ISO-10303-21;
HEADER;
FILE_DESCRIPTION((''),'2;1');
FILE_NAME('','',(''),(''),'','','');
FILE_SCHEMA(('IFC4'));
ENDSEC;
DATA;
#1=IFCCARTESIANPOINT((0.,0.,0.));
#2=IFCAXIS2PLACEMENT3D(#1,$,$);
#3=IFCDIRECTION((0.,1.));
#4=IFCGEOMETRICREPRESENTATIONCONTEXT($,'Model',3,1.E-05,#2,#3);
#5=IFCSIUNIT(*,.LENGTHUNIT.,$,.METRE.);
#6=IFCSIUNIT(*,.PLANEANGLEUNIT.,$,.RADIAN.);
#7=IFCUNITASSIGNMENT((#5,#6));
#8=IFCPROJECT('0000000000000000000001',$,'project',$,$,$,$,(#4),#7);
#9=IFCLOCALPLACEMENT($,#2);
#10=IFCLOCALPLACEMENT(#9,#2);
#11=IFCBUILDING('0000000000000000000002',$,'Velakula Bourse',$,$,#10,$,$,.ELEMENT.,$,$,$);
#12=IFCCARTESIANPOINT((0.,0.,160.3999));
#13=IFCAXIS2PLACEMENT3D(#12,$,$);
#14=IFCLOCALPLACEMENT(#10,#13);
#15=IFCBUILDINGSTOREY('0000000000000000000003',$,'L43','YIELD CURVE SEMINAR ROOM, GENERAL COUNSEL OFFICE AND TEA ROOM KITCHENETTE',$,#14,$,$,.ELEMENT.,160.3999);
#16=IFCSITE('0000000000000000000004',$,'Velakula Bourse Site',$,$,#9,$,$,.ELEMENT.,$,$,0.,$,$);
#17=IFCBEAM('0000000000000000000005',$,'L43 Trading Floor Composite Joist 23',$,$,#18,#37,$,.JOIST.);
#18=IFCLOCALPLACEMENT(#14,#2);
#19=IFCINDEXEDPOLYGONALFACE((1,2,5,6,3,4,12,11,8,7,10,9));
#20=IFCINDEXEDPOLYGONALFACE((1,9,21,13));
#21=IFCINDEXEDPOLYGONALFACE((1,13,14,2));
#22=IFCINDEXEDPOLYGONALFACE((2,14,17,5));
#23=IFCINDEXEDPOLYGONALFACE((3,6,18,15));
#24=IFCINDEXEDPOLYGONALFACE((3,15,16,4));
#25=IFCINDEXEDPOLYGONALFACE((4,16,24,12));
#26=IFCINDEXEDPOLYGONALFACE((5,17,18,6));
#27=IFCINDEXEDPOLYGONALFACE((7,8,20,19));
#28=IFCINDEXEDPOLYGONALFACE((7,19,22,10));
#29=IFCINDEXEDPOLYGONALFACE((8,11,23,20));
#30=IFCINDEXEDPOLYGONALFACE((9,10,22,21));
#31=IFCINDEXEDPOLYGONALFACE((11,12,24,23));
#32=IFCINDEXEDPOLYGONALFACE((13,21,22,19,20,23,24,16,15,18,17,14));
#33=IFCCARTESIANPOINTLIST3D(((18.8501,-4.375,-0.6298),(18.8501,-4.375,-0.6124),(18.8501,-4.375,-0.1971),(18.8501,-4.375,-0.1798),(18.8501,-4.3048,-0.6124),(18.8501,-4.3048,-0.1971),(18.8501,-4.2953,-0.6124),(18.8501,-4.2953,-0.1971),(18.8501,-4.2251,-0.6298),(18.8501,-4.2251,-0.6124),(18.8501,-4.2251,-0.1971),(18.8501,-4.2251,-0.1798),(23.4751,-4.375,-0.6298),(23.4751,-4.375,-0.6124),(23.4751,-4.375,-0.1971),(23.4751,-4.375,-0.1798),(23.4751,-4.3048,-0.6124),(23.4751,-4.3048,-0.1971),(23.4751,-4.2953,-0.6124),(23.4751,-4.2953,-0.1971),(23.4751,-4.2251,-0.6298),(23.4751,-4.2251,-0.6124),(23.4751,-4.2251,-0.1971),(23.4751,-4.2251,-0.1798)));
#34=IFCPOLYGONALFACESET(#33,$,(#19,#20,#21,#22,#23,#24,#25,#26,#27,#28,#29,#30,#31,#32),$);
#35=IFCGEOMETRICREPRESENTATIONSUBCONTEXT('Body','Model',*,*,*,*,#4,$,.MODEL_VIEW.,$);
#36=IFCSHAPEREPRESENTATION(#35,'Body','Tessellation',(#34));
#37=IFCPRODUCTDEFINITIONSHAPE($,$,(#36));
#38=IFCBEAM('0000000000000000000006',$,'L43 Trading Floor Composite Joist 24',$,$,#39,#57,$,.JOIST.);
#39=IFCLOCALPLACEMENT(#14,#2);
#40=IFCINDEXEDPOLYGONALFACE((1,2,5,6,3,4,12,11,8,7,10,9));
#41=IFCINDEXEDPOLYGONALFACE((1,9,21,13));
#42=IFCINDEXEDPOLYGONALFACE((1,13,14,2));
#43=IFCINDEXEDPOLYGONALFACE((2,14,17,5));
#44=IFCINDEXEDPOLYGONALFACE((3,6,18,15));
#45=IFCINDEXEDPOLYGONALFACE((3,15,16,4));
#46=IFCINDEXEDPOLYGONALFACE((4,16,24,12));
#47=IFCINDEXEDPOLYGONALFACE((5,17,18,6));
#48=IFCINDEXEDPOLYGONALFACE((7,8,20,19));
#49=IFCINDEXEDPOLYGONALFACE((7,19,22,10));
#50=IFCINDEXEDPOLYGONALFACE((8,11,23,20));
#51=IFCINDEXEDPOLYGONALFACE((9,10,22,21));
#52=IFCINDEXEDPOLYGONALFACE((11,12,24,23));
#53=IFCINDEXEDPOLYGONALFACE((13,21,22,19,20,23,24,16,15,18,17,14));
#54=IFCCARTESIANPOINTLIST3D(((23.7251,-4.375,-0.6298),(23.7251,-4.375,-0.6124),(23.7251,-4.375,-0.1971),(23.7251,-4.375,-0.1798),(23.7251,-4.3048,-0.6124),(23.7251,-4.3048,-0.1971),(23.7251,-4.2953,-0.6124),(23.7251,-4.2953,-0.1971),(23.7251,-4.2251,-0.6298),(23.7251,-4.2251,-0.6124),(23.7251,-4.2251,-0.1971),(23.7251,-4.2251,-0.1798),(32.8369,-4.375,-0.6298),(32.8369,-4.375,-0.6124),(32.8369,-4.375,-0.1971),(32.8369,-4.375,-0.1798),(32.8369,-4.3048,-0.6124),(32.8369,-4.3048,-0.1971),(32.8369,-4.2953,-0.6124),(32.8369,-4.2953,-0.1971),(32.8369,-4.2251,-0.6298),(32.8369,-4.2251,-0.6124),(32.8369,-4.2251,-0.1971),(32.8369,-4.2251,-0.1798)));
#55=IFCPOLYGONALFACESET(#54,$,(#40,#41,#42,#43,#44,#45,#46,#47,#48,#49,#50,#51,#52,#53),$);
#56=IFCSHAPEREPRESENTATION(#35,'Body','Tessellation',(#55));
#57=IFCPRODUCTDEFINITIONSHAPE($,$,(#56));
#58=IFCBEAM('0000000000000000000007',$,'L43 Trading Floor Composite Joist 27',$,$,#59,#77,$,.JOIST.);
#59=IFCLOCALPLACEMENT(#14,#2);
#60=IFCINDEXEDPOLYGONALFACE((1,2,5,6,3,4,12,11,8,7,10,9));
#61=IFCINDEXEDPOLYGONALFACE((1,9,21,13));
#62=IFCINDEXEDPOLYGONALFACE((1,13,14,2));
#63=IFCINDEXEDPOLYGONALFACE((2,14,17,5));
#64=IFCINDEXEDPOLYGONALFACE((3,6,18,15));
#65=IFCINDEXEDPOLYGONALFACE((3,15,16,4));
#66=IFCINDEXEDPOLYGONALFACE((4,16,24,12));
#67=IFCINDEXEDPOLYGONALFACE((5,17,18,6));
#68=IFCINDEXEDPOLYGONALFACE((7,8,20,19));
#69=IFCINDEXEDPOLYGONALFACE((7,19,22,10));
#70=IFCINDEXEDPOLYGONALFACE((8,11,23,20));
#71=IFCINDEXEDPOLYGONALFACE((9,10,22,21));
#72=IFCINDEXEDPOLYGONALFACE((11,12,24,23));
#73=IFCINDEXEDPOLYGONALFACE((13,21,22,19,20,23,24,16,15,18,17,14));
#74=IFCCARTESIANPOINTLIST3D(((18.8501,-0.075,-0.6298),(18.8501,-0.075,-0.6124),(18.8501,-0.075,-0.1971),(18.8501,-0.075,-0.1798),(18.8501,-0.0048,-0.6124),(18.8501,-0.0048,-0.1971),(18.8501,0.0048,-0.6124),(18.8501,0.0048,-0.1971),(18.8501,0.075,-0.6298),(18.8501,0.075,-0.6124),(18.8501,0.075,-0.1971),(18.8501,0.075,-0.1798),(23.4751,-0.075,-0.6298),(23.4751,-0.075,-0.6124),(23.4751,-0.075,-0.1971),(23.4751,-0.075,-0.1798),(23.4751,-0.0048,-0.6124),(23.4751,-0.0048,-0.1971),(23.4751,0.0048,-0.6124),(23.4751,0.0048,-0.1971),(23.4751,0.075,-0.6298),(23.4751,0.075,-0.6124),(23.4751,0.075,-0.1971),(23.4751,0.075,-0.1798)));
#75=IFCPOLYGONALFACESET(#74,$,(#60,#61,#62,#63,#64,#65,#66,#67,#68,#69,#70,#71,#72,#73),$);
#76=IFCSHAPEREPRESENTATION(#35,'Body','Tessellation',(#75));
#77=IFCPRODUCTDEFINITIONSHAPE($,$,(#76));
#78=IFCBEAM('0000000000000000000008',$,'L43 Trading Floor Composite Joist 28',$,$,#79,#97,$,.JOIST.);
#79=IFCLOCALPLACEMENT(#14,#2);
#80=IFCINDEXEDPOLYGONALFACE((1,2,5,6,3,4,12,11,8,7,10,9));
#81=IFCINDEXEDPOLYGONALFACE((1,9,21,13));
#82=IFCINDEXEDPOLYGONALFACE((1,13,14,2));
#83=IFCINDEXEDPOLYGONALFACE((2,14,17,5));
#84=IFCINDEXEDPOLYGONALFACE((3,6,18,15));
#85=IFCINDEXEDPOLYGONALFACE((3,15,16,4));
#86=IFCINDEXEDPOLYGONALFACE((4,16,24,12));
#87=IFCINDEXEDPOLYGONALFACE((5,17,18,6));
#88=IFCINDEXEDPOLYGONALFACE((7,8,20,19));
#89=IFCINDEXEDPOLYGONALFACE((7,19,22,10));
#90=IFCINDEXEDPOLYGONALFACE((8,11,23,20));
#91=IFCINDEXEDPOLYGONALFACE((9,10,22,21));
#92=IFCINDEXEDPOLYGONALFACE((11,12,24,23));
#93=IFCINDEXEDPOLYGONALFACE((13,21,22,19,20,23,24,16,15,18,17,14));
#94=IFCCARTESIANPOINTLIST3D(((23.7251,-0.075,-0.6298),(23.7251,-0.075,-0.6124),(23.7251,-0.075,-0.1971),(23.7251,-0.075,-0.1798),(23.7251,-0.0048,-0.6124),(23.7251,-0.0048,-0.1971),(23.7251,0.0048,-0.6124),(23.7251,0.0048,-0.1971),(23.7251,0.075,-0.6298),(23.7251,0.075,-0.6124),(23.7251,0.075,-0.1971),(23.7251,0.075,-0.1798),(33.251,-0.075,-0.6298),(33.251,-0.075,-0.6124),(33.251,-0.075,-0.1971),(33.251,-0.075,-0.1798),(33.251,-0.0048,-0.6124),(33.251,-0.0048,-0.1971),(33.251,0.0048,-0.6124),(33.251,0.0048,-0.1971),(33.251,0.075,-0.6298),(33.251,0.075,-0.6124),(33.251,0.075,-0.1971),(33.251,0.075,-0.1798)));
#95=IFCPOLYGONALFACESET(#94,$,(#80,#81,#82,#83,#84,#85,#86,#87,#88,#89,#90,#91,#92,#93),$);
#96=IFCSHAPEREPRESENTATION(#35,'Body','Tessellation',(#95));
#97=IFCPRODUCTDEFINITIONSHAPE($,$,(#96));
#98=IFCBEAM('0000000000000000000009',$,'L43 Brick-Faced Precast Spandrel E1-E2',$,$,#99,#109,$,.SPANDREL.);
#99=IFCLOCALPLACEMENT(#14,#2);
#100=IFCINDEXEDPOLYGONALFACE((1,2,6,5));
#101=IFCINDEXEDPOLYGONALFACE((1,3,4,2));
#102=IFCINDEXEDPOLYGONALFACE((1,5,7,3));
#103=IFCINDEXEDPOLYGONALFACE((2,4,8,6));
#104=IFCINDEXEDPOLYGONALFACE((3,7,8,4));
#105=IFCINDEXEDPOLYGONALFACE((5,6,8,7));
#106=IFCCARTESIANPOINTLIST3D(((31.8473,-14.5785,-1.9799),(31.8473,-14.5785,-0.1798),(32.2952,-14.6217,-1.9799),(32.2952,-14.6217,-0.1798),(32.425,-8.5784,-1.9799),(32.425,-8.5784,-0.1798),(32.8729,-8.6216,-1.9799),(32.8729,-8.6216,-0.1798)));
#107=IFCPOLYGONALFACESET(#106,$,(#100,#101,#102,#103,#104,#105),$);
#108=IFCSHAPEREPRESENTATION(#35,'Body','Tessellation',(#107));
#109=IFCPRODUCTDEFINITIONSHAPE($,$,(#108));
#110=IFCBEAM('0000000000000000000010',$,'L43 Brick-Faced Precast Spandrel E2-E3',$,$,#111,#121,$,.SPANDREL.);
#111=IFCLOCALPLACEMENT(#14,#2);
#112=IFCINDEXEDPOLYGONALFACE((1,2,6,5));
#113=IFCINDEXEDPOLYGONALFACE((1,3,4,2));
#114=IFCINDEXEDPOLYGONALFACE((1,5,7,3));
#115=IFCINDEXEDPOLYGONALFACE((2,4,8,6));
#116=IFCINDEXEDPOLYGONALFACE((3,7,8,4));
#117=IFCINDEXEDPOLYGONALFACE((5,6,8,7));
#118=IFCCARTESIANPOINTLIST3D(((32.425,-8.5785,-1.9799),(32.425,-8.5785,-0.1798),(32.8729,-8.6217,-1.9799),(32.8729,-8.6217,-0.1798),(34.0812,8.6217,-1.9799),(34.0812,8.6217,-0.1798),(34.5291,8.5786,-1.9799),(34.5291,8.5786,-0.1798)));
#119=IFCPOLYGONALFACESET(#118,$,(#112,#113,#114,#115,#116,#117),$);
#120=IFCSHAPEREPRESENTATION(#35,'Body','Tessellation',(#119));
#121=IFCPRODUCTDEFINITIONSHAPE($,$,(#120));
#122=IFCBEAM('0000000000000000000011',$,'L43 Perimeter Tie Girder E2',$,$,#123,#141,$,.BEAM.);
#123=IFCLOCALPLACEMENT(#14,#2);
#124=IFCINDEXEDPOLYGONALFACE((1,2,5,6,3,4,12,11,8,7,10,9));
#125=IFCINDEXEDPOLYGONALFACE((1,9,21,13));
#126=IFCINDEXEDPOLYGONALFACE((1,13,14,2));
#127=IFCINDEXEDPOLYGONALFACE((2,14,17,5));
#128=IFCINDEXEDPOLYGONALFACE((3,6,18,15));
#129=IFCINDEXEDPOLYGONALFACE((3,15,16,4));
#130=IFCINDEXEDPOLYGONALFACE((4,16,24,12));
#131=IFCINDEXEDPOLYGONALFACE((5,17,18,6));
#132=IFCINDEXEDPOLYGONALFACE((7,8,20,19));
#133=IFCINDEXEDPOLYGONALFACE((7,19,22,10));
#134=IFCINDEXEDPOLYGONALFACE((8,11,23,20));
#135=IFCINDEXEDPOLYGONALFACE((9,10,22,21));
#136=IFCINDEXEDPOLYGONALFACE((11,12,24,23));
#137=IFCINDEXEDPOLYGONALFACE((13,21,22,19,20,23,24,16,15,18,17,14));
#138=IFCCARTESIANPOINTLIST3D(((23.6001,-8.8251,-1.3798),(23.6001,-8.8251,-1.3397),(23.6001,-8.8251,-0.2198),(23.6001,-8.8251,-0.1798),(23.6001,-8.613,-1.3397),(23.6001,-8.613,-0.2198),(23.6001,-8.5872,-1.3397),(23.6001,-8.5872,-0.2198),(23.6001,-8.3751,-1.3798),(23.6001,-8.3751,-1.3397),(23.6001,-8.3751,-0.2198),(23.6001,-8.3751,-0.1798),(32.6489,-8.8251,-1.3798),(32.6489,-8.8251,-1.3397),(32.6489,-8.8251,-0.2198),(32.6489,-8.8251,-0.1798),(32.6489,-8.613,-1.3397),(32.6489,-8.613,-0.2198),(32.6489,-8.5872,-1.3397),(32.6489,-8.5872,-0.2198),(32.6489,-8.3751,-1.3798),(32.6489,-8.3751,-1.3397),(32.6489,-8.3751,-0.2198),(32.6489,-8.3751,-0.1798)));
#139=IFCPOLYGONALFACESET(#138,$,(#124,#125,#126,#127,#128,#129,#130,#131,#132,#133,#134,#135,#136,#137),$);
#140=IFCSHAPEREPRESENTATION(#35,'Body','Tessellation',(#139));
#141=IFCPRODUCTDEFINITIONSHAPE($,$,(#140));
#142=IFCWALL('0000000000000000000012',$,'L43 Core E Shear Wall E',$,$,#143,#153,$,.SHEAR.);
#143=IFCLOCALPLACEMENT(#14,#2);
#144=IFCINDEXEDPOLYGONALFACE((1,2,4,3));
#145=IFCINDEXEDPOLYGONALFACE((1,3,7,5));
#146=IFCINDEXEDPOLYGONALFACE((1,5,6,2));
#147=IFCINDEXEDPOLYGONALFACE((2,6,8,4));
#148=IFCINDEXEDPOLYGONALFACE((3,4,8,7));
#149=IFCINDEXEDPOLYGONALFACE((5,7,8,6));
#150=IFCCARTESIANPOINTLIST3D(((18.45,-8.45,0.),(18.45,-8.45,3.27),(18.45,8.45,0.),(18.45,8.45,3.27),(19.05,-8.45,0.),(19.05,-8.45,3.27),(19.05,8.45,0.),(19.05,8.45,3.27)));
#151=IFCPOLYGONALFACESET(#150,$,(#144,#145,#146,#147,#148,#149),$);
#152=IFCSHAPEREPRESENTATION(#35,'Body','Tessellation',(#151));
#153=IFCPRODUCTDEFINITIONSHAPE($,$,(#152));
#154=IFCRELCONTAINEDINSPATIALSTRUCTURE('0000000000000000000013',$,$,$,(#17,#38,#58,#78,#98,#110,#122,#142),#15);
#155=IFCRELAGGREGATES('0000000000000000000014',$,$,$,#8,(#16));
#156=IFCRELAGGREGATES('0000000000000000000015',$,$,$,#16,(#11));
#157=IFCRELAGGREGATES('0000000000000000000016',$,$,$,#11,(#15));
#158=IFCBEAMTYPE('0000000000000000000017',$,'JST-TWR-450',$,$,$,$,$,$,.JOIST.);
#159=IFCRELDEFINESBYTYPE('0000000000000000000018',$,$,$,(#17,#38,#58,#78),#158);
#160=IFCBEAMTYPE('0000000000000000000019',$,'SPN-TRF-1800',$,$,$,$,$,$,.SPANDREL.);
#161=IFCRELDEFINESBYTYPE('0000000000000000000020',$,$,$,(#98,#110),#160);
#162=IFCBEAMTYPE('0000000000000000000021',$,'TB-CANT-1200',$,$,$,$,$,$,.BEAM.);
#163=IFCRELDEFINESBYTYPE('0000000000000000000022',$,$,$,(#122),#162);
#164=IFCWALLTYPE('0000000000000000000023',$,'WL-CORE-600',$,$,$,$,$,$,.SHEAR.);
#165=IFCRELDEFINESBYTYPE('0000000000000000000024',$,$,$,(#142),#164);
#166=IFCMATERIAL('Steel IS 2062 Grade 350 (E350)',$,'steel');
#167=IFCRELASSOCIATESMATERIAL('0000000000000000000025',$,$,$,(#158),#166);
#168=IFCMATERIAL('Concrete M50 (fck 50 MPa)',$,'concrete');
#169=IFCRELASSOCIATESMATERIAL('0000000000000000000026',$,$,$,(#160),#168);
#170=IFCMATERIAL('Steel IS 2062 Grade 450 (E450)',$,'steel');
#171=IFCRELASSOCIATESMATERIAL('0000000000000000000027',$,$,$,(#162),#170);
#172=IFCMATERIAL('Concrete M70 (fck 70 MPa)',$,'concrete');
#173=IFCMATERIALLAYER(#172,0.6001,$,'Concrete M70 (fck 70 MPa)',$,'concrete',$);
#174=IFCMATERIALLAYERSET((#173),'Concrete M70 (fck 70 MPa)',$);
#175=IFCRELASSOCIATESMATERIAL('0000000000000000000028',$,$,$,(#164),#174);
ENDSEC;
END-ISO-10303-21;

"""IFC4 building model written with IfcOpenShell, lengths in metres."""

from ifc_helpers import new_model, si_unit, direction, frame, frame_2d, origin, origin_2d, place, context, subcontext, project, spatial, rectangle, i_section, extrude, material, layer, layer_set, material_profile, profile_set, type_object, element, save


model = new_model("IFC4")

# Units and contexts
model_context = context("Model", 3, precision=1e-05, world=origin(), true_north=direction((0.0, 1.0)))
body_context = subcontext(model_context, "Body", "Model", "MODEL_VIEW")
ifc_project = project(units=[si_unit("LENGTHUNIT", "METRE"), si_unit("PLANEANGLEUNIT", "RADIAN")], contexts=[model_context])

# Site, building, storey
site_placement = place(None, origin())
site = spatial("IfcSite", under=ifc_project, at=site_placement, Name="Velakula Bourse Site", CompositionType="ELEMENT", RefElevation=0.0)
building_placement = place(site_placement, origin())
building = spatial("IfcBuilding", under=site, at=building_placement, Name="Velakula Bourse", CompositionType="ELEMENT")
storey_placement = place(building_placement, frame((0.0, 0.0, 160.3999)))
storey = spatial("IfcBuildingStorey", under=building, at=storey_placement, Name="L43", Description="YIELD CURVE SEMINAR ROOM, GENERAL COUNSEL OFFICE AND TEA ROOM KITCHENETTE", CompositionType="ELEMENT", Elevation=160.3999)

# Shared definitions
ifc_material_1 = material(Name="Concrete M70 (fck 70 MPa)", Category="concrete")
ifc_material_2 = material(Name="Steel IS 2062 Grade 350 (E350)", Category="steel")

# Beams
ifc_material_profile_1 = material_profile(ifc_material_2, i_section(OverallWidth=0.1499, OverallDepth=0.45, WebThickness=0.0095, FlangeThickness=0.0173, at=origin_2d()), Name="Steel IS 2062 Grade 350 (E350)")
ifc_profile_set_1 = profile_set([ifc_material_profile_1], Name="Steel IS 2062 Grade 350 (E350)")
beam_type_1 = type_object("IfcBeamType", Name="JST-TWR-450", PredefinedType="JOIST", material=ifc_profile_set_1)
beam_1_placement = place(storey_placement, frame((18.8501, -4.3, -0.4048), z_axis=(1.0, 0.0, 0.0), x_axis=(0.0, 1.0, 0.0)))
element("IfcBeam", 1, at=beam_1_placement, inside=storey, type_object=beam_type_1, Name="L43 Trading Floor Composite Joist 23", PredefinedType="JOIST", context=body_context, shape_type="SweptSolid", body=[
    extrude(i_section(OverallWidth=0.1499, OverallDepth=0.45, WebThickness=0.0095, FlangeThickness=0.0173, at=origin_2d()), origin(), (0.0, 0.0, 1.0), 4.625),
])
beam_2_placement = place(storey_placement, frame((23.7251, -4.3, -0.4048), z_axis=(1.0, 0.0, 0.0), x_axis=(0.0, 1.0, 0.0)))
element("IfcBeam", 2, at=beam_2_placement, inside=storey, type_object=beam_type_1, Name="L43 Trading Floor Composite Joist 24", PredefinedType="JOIST", context=body_context, shape_type="SweptSolid", body=[
    extrude(i_section(OverallWidth=0.1499, OverallDepth=0.45, WebThickness=0.0095, FlangeThickness=0.0173, at=origin_2d()), origin(), (0.0, 0.0, 1.0), 9.1118),
])
beam_3_placement = place(storey_placement, frame((18.8501, 0.0, -0.4048), z_axis=(1.0, 0.0, 0.0), x_axis=(0.0, 1.0, 0.0)))
element("IfcBeam", 3, at=beam_3_placement, inside=storey, type_object=beam_type_1, Name="L43 Trading Floor Composite Joist 27", PredefinedType="JOIST", context=body_context, shape_type="SweptSolid", body=[
    extrude(i_section(OverallWidth=0.1499, OverallDepth=0.45, WebThickness=0.0095, FlangeThickness=0.0173, at=origin_2d()), origin(), (0.0, 0.0, 1.0), 4.625),
])
beam_4_placement = place(storey_placement, frame((23.7251, 0.0, -0.4048), z_axis=(1.0, 0.0, 0.0), x_axis=(0.0, 1.0, 0.0)))
element("IfcBeam", 4, at=beam_4_placement, inside=storey, type_object=beam_type_1, Name="L43 Trading Floor Composite Joist 28", PredefinedType="JOIST", context=body_context, shape_type="SweptSolid", body=[
    extrude(i_section(OverallWidth=0.1499, OverallDepth=0.45, WebThickness=0.0095, FlangeThickness=0.0173, at=origin_2d()), origin(), (0.0, 0.0, 1.0), 9.5259),
])
ifc_material_3 = material(Name="Concrete M50 (fck 50 MPa)", Category="concrete")
ifc_material_profile_2 = material_profile(ifc_material_3, rectangle(XDim=0.45, YDim=1.8, at=origin_2d()), Name="Concrete M50 (fck 50 MPa)")
ifc_profile_set_2 = profile_set([ifc_material_profile_2], Name="Concrete M50 (fck 50 MPa)")
beam_type_2 = type_object("IfcBeamType", Name="SPN-TRF-1800", PredefinedType="SPANDREL", material=ifc_profile_set_2)
beam_5_placement = place(storey_placement, frame((32.0713, -14.6001, -1.0798), z_axis=(0.09583, 0.995398, 0.0), x_axis=(-0.995398, 0.09583, 0.0)))
element("IfcBeam", 5, at=beam_5_placement, inside=storey, type_object=beam_type_2, Name="L43 Brick-Faced Precast Spandrel E1-E2", PredefinedType="SPANDREL", context=body_context, shape_type="SweptSolid", body=[
    extrude(rectangle(XDim=0.45, YDim=1.8, at=origin_2d()), origin(), (0.0, 0.0, 1.0), 6.0278),
])
beam_6_placement = place(storey_placement, frame((32.6489, -8.6001, -1.0798), z_axis=(0.095849, 0.995396, 0.0), x_axis=(-0.995396, 0.095849, 0.0)))
element("IfcBeam", 6, at=beam_6_placement, inside=storey, type_object=beam_type_2, Name="L43 Brick-Faced Precast Spandrel E2-E3", PredefinedType="SPANDREL", context=body_context, shape_type="SweptSolid", body=[
    extrude(rectangle(XDim=0.45, YDim=1.8, at=origin_2d()), origin(), (0.0, 0.0, 1.0), 17.2798),
])
ifc_material_4 = material(Name="Steel IS 2062 Grade 450 (E450)", Category="steel")
ifc_material_profile_3 = material_profile(ifc_material_4, i_section(OverallWidth=0.45, OverallDepth=1.2, WebThickness=0.0259, FlangeThickness=0.04, at=origin_2d()), Name="Steel IS 2062 Grade 450 (E450)")
ifc_profile_set_3 = profile_set([ifc_material_profile_3], Name="Steel IS 2062 Grade 450 (E450)")
beam_type_3 = type_object("IfcBeamType", Name="TB-CANT-1200", PredefinedType="BEAM", material=ifc_profile_set_3)
beam_7_placement = place(storey_placement, frame((23.6001, -8.6001, -0.7798), z_axis=(1.0, 0.0, 0.0), x_axis=(0.0, 1.0, 0.0)))
element("IfcBeam", 7, at=beam_7_placement, inside=storey, type_object=beam_type_3, Name="L43 Perimeter Tie Girder E2", PredefinedType="BEAM", context=body_context, shape_type="SweptSolid", body=[
    extrude(i_section(OverallWidth=0.45, OverallDepth=1.2, WebThickness=0.0259, FlangeThickness=0.04, at=origin_2d()), origin(), (0.0, 0.0, 1.0), 9.0488),
])

# Wall
ifc_layer_1 = layer(ifc_material_1, 0.6001, Name="Concrete M70 (fck 70 MPa)", Category="concrete")
ifc_layer_set_1 = layer_set([ifc_layer_1], Name="Concrete M70 (fck 70 MPa)")
wall_type_1 = type_object("IfcWallType", Name="WL-CORE-600", PredefinedType="SHEAR", material=ifc_layer_set_1)
wall_1_placement = place(storey_placement, frame((18.75, -8.45, 0.0), z_axis=(0.0, 0.0, 1.0), x_axis=(0.0, 1.0, 0.0)))
element("IfcWall", 8, at=wall_1_placement, inside=storey, type_object=wall_type_1, Name="L43 Core E Shear Wall E", PredefinedType="SHEAR", context=body_context, shape_type="SweptSolid", body=[
    extrude(rectangle(XDim=16.8999, YDim=0.6001, at=frame_2d((8.45, 0.0))), origin(), (0.0, 0.0, 1.0), 3.27),
])

save(model, "model.ifc")
